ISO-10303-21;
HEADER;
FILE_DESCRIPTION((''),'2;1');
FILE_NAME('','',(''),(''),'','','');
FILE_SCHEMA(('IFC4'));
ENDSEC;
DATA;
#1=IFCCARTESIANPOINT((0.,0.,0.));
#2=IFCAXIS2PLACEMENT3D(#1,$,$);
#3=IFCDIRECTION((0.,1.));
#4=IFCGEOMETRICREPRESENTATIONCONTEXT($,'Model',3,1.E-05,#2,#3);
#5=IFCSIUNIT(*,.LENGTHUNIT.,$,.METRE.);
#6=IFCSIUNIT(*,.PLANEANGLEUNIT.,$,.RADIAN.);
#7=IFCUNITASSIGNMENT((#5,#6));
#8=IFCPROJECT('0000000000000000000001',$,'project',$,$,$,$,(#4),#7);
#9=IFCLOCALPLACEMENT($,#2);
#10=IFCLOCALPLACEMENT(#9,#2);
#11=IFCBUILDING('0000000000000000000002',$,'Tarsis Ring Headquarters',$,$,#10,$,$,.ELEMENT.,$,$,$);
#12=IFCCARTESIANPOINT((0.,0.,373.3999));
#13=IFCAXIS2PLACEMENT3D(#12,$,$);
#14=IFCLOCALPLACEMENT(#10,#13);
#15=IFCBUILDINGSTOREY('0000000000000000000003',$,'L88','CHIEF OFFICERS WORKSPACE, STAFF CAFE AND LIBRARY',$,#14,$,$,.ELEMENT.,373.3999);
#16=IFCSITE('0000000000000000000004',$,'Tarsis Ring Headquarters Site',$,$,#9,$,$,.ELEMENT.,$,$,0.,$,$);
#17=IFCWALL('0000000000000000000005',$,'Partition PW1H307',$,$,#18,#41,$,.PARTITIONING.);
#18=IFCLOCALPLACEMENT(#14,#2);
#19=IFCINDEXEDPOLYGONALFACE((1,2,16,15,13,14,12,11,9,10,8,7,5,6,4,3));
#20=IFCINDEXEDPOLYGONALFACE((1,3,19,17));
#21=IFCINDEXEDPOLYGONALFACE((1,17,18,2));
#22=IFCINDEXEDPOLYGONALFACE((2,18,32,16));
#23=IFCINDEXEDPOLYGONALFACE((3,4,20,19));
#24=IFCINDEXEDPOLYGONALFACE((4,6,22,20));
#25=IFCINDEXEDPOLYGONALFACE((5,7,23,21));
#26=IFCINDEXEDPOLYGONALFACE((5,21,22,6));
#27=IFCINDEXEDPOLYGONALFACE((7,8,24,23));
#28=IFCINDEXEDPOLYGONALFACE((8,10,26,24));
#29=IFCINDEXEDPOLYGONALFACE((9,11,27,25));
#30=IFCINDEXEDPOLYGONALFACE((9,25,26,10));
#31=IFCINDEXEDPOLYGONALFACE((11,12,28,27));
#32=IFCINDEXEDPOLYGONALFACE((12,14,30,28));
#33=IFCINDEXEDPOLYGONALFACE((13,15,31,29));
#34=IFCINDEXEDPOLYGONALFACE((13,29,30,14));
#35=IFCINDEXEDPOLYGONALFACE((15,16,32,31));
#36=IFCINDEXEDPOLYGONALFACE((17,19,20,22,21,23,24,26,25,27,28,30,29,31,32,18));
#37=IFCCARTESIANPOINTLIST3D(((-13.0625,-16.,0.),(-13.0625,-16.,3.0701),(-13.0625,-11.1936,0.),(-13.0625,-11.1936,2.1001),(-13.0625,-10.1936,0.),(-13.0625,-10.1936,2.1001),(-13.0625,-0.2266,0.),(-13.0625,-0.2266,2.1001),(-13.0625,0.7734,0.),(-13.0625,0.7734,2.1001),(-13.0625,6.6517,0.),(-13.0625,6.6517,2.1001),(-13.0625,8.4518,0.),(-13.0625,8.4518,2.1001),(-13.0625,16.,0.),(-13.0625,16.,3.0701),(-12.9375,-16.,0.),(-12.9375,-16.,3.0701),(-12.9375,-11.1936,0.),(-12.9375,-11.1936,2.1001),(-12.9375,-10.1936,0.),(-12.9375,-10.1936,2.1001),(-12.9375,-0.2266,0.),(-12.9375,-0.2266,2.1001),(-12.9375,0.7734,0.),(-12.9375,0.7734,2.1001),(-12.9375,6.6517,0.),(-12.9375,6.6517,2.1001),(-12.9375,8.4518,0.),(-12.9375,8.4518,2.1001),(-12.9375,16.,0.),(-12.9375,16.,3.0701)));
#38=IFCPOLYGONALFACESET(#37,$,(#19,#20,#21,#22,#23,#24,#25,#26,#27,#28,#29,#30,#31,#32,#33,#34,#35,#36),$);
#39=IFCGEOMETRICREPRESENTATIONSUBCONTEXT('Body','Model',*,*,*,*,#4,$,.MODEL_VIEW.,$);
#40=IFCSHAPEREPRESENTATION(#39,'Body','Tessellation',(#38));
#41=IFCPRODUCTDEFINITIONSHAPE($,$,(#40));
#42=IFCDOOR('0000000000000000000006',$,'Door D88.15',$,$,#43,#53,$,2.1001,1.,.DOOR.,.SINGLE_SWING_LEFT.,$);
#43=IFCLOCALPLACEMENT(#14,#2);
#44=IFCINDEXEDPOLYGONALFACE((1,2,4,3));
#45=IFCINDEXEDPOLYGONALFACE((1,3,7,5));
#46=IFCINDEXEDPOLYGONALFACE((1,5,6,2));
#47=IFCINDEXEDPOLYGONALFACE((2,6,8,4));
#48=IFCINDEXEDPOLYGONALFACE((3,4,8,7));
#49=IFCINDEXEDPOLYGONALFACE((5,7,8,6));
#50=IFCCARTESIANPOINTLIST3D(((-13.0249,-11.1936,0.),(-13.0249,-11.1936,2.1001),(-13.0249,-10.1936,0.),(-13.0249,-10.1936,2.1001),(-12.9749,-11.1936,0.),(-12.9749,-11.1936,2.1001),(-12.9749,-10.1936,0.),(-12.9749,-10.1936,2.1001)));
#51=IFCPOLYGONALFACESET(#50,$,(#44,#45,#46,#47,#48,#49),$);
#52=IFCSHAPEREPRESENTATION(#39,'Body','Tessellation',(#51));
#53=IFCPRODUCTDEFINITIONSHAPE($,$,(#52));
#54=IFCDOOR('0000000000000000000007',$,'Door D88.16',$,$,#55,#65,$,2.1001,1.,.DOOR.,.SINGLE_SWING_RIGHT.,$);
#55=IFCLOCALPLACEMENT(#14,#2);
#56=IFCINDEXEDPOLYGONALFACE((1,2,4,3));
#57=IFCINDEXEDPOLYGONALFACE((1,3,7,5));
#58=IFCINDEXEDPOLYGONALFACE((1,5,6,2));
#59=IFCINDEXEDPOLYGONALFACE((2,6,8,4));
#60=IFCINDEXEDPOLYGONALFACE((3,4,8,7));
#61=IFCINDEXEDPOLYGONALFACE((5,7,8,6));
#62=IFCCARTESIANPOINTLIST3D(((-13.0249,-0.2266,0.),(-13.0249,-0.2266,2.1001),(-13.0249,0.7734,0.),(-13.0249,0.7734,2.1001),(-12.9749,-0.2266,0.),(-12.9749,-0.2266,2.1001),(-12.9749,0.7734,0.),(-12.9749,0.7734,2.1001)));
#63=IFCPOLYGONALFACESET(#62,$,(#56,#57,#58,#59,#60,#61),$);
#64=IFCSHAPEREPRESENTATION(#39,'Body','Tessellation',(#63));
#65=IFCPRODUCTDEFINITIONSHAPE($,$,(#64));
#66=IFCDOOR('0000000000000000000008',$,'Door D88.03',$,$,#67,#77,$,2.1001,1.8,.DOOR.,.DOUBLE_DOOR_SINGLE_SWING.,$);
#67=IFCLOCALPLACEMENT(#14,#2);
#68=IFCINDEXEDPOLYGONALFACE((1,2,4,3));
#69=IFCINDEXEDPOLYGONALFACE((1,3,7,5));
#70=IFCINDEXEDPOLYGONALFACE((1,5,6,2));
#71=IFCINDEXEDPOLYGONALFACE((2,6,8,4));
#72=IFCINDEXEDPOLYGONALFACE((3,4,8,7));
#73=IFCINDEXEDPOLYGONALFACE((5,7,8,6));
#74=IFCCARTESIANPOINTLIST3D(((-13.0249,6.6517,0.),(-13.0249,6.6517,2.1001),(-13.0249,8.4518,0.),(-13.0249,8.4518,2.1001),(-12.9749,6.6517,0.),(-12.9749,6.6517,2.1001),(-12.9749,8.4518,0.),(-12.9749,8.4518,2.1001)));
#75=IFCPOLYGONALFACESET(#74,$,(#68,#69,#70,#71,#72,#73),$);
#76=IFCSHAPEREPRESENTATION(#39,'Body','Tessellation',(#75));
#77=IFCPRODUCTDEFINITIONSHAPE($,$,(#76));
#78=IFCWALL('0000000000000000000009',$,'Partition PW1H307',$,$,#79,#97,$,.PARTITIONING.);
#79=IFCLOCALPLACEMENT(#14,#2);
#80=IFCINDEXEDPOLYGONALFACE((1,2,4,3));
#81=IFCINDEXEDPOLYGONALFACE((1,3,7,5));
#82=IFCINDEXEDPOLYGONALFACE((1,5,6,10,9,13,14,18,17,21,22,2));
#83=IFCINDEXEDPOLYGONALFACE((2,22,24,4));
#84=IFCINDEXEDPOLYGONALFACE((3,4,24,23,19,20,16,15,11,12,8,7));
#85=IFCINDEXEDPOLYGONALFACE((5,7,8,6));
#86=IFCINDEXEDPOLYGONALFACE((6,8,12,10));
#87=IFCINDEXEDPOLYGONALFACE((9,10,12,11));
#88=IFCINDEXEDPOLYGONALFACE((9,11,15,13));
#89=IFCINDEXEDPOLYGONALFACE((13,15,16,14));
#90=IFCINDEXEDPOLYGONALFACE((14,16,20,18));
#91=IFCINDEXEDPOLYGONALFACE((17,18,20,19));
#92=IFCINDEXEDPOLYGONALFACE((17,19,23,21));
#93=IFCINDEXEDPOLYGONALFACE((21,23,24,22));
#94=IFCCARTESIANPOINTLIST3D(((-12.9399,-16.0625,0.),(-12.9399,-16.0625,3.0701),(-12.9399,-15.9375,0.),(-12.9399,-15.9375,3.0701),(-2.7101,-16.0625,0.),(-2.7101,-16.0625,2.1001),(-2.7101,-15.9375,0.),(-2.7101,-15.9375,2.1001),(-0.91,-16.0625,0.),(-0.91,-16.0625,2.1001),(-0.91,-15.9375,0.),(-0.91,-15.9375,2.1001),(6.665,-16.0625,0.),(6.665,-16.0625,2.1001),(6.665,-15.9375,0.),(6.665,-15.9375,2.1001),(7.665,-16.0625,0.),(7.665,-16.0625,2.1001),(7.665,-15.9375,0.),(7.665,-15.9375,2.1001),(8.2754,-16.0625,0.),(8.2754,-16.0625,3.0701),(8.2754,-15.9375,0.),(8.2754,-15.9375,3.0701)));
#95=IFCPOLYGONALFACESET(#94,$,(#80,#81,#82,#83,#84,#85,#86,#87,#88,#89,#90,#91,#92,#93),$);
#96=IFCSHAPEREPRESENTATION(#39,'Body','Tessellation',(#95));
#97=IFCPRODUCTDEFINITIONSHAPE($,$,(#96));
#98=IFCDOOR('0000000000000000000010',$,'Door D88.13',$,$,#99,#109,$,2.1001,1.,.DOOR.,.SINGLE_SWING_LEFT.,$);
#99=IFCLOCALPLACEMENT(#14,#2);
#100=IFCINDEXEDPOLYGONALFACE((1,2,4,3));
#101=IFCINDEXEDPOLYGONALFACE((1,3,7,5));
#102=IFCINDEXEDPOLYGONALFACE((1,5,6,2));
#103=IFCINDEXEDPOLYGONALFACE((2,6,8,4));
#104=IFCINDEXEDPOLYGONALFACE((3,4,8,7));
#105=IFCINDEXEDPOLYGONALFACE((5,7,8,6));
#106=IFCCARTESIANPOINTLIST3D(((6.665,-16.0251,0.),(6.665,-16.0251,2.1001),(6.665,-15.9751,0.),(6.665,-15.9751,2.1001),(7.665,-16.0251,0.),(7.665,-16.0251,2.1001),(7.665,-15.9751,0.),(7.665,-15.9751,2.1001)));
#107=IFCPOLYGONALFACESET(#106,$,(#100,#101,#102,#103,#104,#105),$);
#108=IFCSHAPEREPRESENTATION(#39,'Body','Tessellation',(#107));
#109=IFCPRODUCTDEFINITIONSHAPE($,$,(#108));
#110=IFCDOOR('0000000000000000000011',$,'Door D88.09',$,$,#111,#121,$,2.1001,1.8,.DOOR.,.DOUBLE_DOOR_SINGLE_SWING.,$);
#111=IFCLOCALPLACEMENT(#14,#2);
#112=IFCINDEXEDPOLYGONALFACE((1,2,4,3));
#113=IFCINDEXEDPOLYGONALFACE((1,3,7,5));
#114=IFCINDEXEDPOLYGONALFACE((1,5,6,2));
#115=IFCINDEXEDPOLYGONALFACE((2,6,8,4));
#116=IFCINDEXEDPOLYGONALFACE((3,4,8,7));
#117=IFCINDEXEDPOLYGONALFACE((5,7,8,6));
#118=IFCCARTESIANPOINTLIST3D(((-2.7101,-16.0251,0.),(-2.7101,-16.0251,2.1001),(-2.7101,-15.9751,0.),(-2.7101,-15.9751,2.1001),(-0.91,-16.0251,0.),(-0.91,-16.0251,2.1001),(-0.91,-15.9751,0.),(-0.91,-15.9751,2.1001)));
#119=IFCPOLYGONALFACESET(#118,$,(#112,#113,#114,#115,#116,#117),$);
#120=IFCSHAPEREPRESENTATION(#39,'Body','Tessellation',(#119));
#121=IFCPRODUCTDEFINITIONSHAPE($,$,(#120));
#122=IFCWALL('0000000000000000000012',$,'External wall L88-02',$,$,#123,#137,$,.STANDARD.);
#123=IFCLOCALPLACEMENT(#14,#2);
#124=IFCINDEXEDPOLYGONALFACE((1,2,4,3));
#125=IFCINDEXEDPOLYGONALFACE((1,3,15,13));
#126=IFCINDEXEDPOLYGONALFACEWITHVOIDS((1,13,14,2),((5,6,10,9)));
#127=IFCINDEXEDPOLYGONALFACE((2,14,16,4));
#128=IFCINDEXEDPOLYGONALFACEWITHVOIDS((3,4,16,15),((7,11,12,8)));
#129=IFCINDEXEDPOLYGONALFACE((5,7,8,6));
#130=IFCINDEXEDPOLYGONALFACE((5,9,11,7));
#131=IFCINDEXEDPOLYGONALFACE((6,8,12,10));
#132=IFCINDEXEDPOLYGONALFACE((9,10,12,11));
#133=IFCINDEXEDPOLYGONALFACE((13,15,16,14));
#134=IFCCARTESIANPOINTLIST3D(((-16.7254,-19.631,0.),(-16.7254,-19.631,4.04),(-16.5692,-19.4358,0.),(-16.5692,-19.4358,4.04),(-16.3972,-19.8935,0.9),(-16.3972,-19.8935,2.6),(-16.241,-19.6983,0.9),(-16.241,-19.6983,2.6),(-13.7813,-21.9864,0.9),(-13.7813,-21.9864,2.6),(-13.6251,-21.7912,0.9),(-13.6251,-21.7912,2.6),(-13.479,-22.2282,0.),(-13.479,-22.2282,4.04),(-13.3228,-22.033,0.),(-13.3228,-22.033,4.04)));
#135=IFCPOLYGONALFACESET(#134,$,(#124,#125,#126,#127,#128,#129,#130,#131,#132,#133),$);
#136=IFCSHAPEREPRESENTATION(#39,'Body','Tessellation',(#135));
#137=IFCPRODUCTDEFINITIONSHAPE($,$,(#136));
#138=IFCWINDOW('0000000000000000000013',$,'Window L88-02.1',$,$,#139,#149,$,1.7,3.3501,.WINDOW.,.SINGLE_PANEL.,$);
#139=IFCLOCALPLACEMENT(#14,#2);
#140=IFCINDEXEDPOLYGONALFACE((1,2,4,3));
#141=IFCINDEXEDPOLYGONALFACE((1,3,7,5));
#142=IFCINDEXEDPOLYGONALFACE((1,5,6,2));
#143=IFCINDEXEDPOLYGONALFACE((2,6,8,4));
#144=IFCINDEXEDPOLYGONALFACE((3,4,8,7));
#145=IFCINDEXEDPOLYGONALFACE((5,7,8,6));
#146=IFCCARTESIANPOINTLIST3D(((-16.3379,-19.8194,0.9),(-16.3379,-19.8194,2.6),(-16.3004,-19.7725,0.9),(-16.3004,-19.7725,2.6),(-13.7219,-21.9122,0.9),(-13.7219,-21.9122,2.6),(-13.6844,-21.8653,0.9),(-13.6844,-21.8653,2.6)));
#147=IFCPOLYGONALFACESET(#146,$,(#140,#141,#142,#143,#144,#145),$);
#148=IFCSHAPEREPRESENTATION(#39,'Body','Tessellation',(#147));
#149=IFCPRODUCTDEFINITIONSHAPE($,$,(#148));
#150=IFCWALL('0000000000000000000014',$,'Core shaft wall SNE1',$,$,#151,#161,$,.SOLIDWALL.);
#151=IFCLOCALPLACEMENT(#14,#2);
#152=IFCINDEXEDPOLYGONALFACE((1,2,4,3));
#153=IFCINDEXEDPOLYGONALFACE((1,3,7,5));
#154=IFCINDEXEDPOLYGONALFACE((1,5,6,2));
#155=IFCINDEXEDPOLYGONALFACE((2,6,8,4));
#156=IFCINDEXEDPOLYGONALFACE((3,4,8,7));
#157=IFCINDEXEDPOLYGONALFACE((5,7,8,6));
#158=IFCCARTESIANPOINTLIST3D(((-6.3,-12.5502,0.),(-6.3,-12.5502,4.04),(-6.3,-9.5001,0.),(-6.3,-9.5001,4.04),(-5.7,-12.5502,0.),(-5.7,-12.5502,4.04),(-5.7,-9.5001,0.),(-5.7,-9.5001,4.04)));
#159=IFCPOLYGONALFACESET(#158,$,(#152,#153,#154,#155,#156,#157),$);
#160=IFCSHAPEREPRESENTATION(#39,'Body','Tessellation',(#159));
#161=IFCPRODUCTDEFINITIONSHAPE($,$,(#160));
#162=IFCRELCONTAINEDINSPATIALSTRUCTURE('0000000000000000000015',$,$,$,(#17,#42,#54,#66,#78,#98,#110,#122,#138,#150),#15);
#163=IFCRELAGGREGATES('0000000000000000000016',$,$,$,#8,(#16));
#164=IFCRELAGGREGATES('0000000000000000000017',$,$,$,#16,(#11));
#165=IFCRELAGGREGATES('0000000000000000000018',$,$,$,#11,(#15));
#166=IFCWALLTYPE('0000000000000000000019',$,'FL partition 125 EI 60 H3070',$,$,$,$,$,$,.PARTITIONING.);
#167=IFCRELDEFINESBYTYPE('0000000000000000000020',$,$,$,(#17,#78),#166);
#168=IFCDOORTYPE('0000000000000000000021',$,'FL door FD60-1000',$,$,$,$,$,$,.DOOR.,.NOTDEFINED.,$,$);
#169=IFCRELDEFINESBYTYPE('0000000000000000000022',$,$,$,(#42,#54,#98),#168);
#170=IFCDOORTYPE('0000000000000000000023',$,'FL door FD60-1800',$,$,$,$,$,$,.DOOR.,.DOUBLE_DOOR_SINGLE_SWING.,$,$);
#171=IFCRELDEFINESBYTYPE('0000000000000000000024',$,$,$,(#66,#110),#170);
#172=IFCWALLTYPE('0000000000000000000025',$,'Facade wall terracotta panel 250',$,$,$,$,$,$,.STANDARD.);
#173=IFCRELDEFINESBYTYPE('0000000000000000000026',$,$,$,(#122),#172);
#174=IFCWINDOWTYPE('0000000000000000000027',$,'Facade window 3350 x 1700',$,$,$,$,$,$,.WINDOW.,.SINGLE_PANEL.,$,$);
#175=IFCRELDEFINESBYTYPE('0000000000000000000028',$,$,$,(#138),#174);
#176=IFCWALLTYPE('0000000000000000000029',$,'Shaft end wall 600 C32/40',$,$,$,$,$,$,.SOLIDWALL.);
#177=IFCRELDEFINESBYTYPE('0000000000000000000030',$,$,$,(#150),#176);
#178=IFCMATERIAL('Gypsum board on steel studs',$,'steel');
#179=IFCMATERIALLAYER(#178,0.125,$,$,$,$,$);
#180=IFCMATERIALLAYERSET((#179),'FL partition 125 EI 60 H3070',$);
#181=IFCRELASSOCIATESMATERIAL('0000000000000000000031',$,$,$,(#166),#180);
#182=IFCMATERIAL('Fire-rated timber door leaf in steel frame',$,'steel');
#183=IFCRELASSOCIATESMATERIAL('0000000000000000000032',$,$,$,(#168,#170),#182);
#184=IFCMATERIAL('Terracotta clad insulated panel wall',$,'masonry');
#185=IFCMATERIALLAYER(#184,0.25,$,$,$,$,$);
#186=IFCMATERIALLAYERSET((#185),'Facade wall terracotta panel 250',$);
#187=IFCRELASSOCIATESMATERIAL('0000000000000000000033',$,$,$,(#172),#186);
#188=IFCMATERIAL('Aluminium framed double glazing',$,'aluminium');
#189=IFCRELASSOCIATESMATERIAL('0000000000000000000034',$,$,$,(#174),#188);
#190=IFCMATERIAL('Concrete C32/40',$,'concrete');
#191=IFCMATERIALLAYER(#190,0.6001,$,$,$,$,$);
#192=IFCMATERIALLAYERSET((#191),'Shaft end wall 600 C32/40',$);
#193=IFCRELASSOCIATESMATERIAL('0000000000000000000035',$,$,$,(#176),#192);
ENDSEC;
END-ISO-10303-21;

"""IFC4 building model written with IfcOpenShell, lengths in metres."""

from ifc_helpers import new_model, si_unit, direction, frame, frame_2d, origin, place, context, subcontext, project, spatial, rectangle, extrude, material, layer, layer_set, type_object, element, fill, save


model = new_model("IFC4")

# Units and contexts
model_context = context("Model", 3, precision=1e-05, world=origin(), true_north=direction((0.0, 1.0)))
body_context = subcontext(model_context, "Body", "Model", "MODEL_VIEW")
ifc_project = project(units=[si_unit("LENGTHUNIT", "METRE"), si_unit("PLANEANGLEUNIT", "RADIAN")], contexts=[model_context])

# Site, building, storey
site_placement = place(None, origin())
site = spatial("IfcSite", under=ifc_project, at=site_placement, Name="Tarsis Ring Headquarters Site", CompositionType="ELEMENT", RefElevation=0.0)
building_placement = place(site_placement, origin())
building = spatial("IfcBuilding", under=site, at=building_placement, Name="Tarsis Ring Headquarters", CompositionType="ELEMENT")
storey_placement = place(building_placement, frame((0.0, 0.0, 373.3999)))
storey = spatial("IfcBuildingStorey", under=building, at=storey_placement, Name="L88", Description="CHIEF OFFICERS WORKSPACE, STAFF CAFE AND LIBRARY", CompositionType="ELEMENT", Elevation=373.3999)

# Walls, openings, doors
ifc_material_1 = material(Name="Gypsum board on steel studs", Category="steel")
ifc_layer_1 = layer(ifc_material_1, 0.125)
ifc_layer_set_1 = layer_set([ifc_layer_1], Name="FL partition 125 EI 60 H3070")
wall_type_1 = type_object("IfcWallType", Name="FL partition 125 EI 60 H3070", PredefinedType="PARTITIONING", material=ifc_layer_set_1)
wall_1_placement = place(storey_placement, frame((-13.0, -16.0, 0.0), z_axis=(0.0, 0.0, 1.0), x_axis=(0.0, 1.0, 0.0)))
wall_1 = element("IfcWall", 1, at=wall_1_placement, inside=storey, type_object=wall_type_1, Name="Partition PW1H307", PredefinedType="PARTITIONING", context=body_context, shape_type="SweptSolid", body=[
    extrude(rectangle(XDim=32.0, YDim=0.125, at=frame_2d((16.0, 0.0))), origin(), (0.0, 0.0, 1.0), 3.0701),
])
opening_1_placement = place(wall_1_placement, frame((22.6519, 0.0, 0.0)))
opening_1 = element("IfcOpeningElement", 2, at=opening_1_placement, cuts=wall_1, PredefinedType="OPENING", context=body_context, shape_type="SweptSolid", body=[
    extrude(rectangle(XDim=1.8, YDim=2.1001, at=frame_2d((0.8999, 1.05))), frame((0.0, 0.0725, 0.0), z_axis=(0.0, -1.0, 0.0), x_axis=(1.0, 0.0, 0.0)), (0.0, 0.0, 1.0), 0.145),
])
opening_2_placement = place(wall_1_placement, frame((4.8064, 0.0, 0.0)))
opening_2 = element("IfcOpeningElement", 3, at=opening_2_placement, cuts=wall_1, PredefinedType="OPENING", context=body_context, shape_type="SweptSolid", body=[
    extrude(rectangle(XDim=1.0, YDim=2.1001, at=frame_2d((0.5, 1.05))), frame((0.0, 0.0725, 0.0), z_axis=(0.0, -1.0, 0.0), x_axis=(1.0, 0.0, 0.0)), (0.0, 0.0, 1.0), 0.145),
])
opening_3_placement = place(wall_1_placement, frame((15.7734, 0.0, 0.0)))
opening_3 = element("IfcOpeningElement", 4, at=opening_3_placement, cuts=wall_1, PredefinedType="OPENING", context=body_context, shape_type="SweptSolid", body=[
    extrude(rectangle(XDim=1.0, YDim=2.1001, at=frame_2d((0.5, 1.05))), frame((0.0, 0.0725, 0.0), z_axis=(0.0, -1.0, 0.0), x_axis=(1.0, 0.0, 0.0)), (0.0, 0.0, 1.0), 0.145),
])
ifc_material_2 = material(Name="Fire-rated timber door leaf in steel frame", Category="steel")
door_type_1 = type_object("IfcDoorType", Name="FL door FD60-1000", OperationType="NOTDEFINED", PredefinedType="DOOR", material=ifc_material_2)
door_1_placement = place(opening_2_placement, origin())
door_1 = element("IfcDoor", 5, at=door_1_placement, inside=storey, type_object=door_type_1, Name="Door D88.15", OperationType="SINGLE_SWING_LEFT", OverallHeight=2.1001, OverallWidth=1.0, PredefinedType="DOOR", context=body_context, shape_type="SweptSolid", body=[
    extrude(rectangle(XDim=1.0, YDim=2.1001, at=frame_2d((0.5, 1.05))), frame((0.0, 0.0249, 0.0), z_axis=(0.0, -1.0, 0.0), x_axis=(1.0, 0.0, 0.0)), (0.0, 0.0, 1.0), 0.05),
])
fill(opening_2, door_1)
door_2_placement = place(opening_3_placement, origin())
door_2 = element("IfcDoor", 6, at=door_2_placement, inside=storey, type_object=door_type_1, Name="Door D88.16", OperationType="SINGLE_SWING_RIGHT", OverallHeight=2.1001, OverallWidth=1.0, PredefinedType="DOOR", context=body_context, shape_type="SweptSolid", body=[
    extrude(rectangle(XDim=1.0, YDim=2.1001, at=frame_2d((0.5, 1.05))), frame((0.0, 0.0249, 0.0), z_axis=(0.0, -1.0, 0.0), x_axis=(1.0, 0.0, 0.0)), (0.0, 0.0, 1.0), 0.05),
])
fill(opening_3, door_2)
door_type_2 = type_object("IfcDoorType", Name="FL door FD60-1800", OperationType="DOUBLE_DOOR_SINGLE_SWING", PredefinedType="DOOR", material=ifc_material_2)
door_3_placement = place(opening_1_placement, origin())
door_3 = element("IfcDoor", 7, at=door_3_placement, inside=storey, type_object=door_type_2, Name="Door D88.03", OperationType="DOUBLE_DOOR_SINGLE_SWING", OverallHeight=2.1001, OverallWidth=1.8, PredefinedType="DOOR", context=body_context, shape_type="SweptSolid", body=[
    extrude(rectangle(XDim=1.8, YDim=2.1001, at=frame_2d((0.8999, 1.05))), frame((0.0, 0.0249, 0.0), z_axis=(0.0, -1.0, 0.0), x_axis=(1.0, 0.0, 0.0)), (0.0, 0.0, 1.0), 0.05),
])
fill(opening_1, door_3)
wall_2_placement = place(storey_placement, frame((-12.9399, -16.0, 0.0), z_axis=(0.0, 0.0, 1.0), x_axis=(1.0, 0.0, 0.0)))
wall_2 = element("IfcWall", 8, at=wall_2_placement, inside=storey, type_object=wall_type_1, Name="Partition PW1H307", PredefinedType="PARTITIONING", context=body_context, shape_type="SweptSolid", body=[
    extrude(rectangle(XDim=21.2153, YDim=0.125, at=frame_2d((10.6077, 0.0))), origin(), (0.0, 0.0, 1.0), 3.0701),
])
opening_4_placement = place(wall_2_placement, frame((10.23, 0.0, 0.0)))
opening_4 = element("IfcOpeningElement", 9, at=opening_4_placement, cuts=wall_2, PredefinedType="OPENING", context=body_context, shape_type="SweptSolid", body=[
    extrude(rectangle(XDim=1.8, YDim=2.1001, at=frame_2d((0.8999, 1.05))), frame((0.0, 0.0725, 0.0), z_axis=(0.0, -1.0, 0.0), x_axis=(1.0, 0.0, 0.0)), (0.0, 0.0, 1.0), 0.145),
])
opening_5_placement = place(wall_2_placement, frame((19.605, 0.0, 0.0)))
opening_5 = element("IfcOpeningElement", 10, at=opening_5_placement, cuts=wall_2, PredefinedType="OPENING", context=body_context, shape_type="SweptSolid", body=[
    extrude(rectangle(XDim=1.0, YDim=2.1001, at=frame_2d((0.5, 1.05))), frame((0.0, 0.0725, 0.0), z_axis=(0.0, -1.0, 0.0), x_axis=(1.0, 0.0, 0.0)), (0.0, 0.0, 1.0), 0.145),
])
door_4_placement = place(opening_5_placement, origin())
door_4 = element("IfcDoor", 11, at=door_4_placement, inside=storey, type_object=door_type_1, Name="Door D88.13", OperationType="SINGLE_SWING_LEFT", OverallHeight=2.1001, OverallWidth=1.0, PredefinedType="DOOR", context=body_context, shape_type="SweptSolid", body=[
    extrude(rectangle(XDim=1.0, YDim=2.1001, at=frame_2d((0.5, 1.05))), frame((0.0, 0.0249, 0.0), z_axis=(0.0, -1.0, 0.0), x_axis=(1.0, 0.0, 0.0)), (0.0, 0.0, 1.0), 0.05),
])
fill(opening_5, door_4)
door_5_placement = place(opening_4_placement, origin())
door_5 = element("IfcDoor", 12, at=door_5_placement, inside=storey, type_object=door_type_2, Name="Door D88.09", OperationType="DOUBLE_DOOR_SINGLE_SWING", OverallHeight=2.1001, OverallWidth=1.8, PredefinedType="DOOR", context=body_context, shape_type="SweptSolid", body=[
    extrude(rectangle(XDim=1.8, YDim=2.1001, at=frame_2d((0.8999, 1.05))), frame((0.0, 0.0249, 0.0), z_axis=(0.0, -1.0, 0.0), x_axis=(1.0, 0.0, 0.0)), (0.0, 0.0, 1.0), 0.05),
])
fill(opening_4, door_5)

# Wall, opening, window
ifc_material_3 = material(Name="Terracotta clad insulated panel wall", Category="masonry")
ifc_layer_2 = layer(ifc_material_3, 0.25)
ifc_layer_set_2 = layer_set([ifc_layer_2], Name="Facade wall terracotta panel 250")
wall_type_2 = type_object("IfcWallType", Name="Facade wall terracotta panel 250", PredefinedType="STANDARD", material=ifc_layer_set_2)
wall_3_placement = place(storey_placement, frame((-16.6472, -19.5334, 0.0), z_axis=(0.0, 0.0, 1.0), x_axis=(0.780857, -0.624709, 0.0)))
wall_3 = element("IfcWall", 13, at=wall_3_placement, inside=storey, type_object=wall_type_2, Name="External wall L88-02", PredefinedType="STANDARD", context=body_context, shape_type="SweptSolid", body=[
    extrude(rectangle(XDim=4.1575, YDim=0.25, at=frame_2d((2.0786, 0.0))), origin(), (0.0, 0.0, 1.0), 4.04),
])
opening_6_placement = place(wall_3_placement, frame((0.4202, 0.0, 0.8999)))
opening_6 = element("IfcOpeningElement", 14, at=opening_6_placement, cuts=wall_3, PredefinedType="OPENING", context=body_context, shape_type="SweptSolid", body=[
    extrude(rectangle(XDim=3.3501, YDim=1.7, at=frame_2d((1.675, 0.8501))), frame((0.0, 0.135, 0.0), z_axis=(0.0, -1.0, 0.0), x_axis=(1.0, 0.0, 0.0)), (0.0, 0.0, 1.0), 0.27),
])
ifc_material_4 = material(Name="Aluminium framed double glazing", Category="aluminium")
window_type = type_object("IfcWindowType", Name="Facade window 3350 x 1700", PartitioningType="SINGLE_PANEL", PredefinedType="WINDOW", material=ifc_material_4)
window_placement = place(opening_6_placement, origin())
window = element("IfcWindow", 15, at=window_placement, inside=storey, type_object=window_type, Name="Window L88-02.1", OverallHeight=1.7, OverallWidth=3.3501, PartitioningType="SINGLE_PANEL", PredefinedType="WINDOW", context=body_context, shape_type="SweptSolid", body=[
    extrude(rectangle(XDim=3.3501, YDim=1.7, at=frame_2d((1.675, 0.8501))), frame((0.0, 0.03, 0.0), z_axis=(0.0, -1.0, 0.0), x_axis=(1.0, 0.0, 0.0)), (0.0, 0.0, 1.0), 0.0601),
])
fill(opening_6, window)

# Wall
ifc_material_5 = material(Name="Concrete C32/40", Category="concrete")
ifc_layer_3 = layer(ifc_material_5, 0.6001)
ifc_layer_set_3 = layer_set([ifc_layer_3], Name="Shaft end wall 600 C32/40")
wall_type_3 = type_object("IfcWallType", Name="Shaft end wall 600 C32/40", PredefinedType="SOLIDWALL", material=ifc_layer_set_3)
wall_4_placement = place(storey_placement, frame((-6.0, -12.55, 0.0), z_axis=(0.0, 0.0, 1.0), x_axis=(0.0, 1.0, 0.0)))
element("IfcWall", 16, at=wall_4_placement, inside=storey, type_object=wall_type_3, Name="Core shaft wall SNE1", PredefinedType="SOLIDWALL", context=body_context, shape_type="SweptSolid", body=[
    extrude(rectangle(XDim=3.05, YDim=0.6001, at=frame_2d((1.5249, 0.0))), origin(), (0.0, 0.0, 1.0), 4.04),
])

save(model, "model.ifc")
